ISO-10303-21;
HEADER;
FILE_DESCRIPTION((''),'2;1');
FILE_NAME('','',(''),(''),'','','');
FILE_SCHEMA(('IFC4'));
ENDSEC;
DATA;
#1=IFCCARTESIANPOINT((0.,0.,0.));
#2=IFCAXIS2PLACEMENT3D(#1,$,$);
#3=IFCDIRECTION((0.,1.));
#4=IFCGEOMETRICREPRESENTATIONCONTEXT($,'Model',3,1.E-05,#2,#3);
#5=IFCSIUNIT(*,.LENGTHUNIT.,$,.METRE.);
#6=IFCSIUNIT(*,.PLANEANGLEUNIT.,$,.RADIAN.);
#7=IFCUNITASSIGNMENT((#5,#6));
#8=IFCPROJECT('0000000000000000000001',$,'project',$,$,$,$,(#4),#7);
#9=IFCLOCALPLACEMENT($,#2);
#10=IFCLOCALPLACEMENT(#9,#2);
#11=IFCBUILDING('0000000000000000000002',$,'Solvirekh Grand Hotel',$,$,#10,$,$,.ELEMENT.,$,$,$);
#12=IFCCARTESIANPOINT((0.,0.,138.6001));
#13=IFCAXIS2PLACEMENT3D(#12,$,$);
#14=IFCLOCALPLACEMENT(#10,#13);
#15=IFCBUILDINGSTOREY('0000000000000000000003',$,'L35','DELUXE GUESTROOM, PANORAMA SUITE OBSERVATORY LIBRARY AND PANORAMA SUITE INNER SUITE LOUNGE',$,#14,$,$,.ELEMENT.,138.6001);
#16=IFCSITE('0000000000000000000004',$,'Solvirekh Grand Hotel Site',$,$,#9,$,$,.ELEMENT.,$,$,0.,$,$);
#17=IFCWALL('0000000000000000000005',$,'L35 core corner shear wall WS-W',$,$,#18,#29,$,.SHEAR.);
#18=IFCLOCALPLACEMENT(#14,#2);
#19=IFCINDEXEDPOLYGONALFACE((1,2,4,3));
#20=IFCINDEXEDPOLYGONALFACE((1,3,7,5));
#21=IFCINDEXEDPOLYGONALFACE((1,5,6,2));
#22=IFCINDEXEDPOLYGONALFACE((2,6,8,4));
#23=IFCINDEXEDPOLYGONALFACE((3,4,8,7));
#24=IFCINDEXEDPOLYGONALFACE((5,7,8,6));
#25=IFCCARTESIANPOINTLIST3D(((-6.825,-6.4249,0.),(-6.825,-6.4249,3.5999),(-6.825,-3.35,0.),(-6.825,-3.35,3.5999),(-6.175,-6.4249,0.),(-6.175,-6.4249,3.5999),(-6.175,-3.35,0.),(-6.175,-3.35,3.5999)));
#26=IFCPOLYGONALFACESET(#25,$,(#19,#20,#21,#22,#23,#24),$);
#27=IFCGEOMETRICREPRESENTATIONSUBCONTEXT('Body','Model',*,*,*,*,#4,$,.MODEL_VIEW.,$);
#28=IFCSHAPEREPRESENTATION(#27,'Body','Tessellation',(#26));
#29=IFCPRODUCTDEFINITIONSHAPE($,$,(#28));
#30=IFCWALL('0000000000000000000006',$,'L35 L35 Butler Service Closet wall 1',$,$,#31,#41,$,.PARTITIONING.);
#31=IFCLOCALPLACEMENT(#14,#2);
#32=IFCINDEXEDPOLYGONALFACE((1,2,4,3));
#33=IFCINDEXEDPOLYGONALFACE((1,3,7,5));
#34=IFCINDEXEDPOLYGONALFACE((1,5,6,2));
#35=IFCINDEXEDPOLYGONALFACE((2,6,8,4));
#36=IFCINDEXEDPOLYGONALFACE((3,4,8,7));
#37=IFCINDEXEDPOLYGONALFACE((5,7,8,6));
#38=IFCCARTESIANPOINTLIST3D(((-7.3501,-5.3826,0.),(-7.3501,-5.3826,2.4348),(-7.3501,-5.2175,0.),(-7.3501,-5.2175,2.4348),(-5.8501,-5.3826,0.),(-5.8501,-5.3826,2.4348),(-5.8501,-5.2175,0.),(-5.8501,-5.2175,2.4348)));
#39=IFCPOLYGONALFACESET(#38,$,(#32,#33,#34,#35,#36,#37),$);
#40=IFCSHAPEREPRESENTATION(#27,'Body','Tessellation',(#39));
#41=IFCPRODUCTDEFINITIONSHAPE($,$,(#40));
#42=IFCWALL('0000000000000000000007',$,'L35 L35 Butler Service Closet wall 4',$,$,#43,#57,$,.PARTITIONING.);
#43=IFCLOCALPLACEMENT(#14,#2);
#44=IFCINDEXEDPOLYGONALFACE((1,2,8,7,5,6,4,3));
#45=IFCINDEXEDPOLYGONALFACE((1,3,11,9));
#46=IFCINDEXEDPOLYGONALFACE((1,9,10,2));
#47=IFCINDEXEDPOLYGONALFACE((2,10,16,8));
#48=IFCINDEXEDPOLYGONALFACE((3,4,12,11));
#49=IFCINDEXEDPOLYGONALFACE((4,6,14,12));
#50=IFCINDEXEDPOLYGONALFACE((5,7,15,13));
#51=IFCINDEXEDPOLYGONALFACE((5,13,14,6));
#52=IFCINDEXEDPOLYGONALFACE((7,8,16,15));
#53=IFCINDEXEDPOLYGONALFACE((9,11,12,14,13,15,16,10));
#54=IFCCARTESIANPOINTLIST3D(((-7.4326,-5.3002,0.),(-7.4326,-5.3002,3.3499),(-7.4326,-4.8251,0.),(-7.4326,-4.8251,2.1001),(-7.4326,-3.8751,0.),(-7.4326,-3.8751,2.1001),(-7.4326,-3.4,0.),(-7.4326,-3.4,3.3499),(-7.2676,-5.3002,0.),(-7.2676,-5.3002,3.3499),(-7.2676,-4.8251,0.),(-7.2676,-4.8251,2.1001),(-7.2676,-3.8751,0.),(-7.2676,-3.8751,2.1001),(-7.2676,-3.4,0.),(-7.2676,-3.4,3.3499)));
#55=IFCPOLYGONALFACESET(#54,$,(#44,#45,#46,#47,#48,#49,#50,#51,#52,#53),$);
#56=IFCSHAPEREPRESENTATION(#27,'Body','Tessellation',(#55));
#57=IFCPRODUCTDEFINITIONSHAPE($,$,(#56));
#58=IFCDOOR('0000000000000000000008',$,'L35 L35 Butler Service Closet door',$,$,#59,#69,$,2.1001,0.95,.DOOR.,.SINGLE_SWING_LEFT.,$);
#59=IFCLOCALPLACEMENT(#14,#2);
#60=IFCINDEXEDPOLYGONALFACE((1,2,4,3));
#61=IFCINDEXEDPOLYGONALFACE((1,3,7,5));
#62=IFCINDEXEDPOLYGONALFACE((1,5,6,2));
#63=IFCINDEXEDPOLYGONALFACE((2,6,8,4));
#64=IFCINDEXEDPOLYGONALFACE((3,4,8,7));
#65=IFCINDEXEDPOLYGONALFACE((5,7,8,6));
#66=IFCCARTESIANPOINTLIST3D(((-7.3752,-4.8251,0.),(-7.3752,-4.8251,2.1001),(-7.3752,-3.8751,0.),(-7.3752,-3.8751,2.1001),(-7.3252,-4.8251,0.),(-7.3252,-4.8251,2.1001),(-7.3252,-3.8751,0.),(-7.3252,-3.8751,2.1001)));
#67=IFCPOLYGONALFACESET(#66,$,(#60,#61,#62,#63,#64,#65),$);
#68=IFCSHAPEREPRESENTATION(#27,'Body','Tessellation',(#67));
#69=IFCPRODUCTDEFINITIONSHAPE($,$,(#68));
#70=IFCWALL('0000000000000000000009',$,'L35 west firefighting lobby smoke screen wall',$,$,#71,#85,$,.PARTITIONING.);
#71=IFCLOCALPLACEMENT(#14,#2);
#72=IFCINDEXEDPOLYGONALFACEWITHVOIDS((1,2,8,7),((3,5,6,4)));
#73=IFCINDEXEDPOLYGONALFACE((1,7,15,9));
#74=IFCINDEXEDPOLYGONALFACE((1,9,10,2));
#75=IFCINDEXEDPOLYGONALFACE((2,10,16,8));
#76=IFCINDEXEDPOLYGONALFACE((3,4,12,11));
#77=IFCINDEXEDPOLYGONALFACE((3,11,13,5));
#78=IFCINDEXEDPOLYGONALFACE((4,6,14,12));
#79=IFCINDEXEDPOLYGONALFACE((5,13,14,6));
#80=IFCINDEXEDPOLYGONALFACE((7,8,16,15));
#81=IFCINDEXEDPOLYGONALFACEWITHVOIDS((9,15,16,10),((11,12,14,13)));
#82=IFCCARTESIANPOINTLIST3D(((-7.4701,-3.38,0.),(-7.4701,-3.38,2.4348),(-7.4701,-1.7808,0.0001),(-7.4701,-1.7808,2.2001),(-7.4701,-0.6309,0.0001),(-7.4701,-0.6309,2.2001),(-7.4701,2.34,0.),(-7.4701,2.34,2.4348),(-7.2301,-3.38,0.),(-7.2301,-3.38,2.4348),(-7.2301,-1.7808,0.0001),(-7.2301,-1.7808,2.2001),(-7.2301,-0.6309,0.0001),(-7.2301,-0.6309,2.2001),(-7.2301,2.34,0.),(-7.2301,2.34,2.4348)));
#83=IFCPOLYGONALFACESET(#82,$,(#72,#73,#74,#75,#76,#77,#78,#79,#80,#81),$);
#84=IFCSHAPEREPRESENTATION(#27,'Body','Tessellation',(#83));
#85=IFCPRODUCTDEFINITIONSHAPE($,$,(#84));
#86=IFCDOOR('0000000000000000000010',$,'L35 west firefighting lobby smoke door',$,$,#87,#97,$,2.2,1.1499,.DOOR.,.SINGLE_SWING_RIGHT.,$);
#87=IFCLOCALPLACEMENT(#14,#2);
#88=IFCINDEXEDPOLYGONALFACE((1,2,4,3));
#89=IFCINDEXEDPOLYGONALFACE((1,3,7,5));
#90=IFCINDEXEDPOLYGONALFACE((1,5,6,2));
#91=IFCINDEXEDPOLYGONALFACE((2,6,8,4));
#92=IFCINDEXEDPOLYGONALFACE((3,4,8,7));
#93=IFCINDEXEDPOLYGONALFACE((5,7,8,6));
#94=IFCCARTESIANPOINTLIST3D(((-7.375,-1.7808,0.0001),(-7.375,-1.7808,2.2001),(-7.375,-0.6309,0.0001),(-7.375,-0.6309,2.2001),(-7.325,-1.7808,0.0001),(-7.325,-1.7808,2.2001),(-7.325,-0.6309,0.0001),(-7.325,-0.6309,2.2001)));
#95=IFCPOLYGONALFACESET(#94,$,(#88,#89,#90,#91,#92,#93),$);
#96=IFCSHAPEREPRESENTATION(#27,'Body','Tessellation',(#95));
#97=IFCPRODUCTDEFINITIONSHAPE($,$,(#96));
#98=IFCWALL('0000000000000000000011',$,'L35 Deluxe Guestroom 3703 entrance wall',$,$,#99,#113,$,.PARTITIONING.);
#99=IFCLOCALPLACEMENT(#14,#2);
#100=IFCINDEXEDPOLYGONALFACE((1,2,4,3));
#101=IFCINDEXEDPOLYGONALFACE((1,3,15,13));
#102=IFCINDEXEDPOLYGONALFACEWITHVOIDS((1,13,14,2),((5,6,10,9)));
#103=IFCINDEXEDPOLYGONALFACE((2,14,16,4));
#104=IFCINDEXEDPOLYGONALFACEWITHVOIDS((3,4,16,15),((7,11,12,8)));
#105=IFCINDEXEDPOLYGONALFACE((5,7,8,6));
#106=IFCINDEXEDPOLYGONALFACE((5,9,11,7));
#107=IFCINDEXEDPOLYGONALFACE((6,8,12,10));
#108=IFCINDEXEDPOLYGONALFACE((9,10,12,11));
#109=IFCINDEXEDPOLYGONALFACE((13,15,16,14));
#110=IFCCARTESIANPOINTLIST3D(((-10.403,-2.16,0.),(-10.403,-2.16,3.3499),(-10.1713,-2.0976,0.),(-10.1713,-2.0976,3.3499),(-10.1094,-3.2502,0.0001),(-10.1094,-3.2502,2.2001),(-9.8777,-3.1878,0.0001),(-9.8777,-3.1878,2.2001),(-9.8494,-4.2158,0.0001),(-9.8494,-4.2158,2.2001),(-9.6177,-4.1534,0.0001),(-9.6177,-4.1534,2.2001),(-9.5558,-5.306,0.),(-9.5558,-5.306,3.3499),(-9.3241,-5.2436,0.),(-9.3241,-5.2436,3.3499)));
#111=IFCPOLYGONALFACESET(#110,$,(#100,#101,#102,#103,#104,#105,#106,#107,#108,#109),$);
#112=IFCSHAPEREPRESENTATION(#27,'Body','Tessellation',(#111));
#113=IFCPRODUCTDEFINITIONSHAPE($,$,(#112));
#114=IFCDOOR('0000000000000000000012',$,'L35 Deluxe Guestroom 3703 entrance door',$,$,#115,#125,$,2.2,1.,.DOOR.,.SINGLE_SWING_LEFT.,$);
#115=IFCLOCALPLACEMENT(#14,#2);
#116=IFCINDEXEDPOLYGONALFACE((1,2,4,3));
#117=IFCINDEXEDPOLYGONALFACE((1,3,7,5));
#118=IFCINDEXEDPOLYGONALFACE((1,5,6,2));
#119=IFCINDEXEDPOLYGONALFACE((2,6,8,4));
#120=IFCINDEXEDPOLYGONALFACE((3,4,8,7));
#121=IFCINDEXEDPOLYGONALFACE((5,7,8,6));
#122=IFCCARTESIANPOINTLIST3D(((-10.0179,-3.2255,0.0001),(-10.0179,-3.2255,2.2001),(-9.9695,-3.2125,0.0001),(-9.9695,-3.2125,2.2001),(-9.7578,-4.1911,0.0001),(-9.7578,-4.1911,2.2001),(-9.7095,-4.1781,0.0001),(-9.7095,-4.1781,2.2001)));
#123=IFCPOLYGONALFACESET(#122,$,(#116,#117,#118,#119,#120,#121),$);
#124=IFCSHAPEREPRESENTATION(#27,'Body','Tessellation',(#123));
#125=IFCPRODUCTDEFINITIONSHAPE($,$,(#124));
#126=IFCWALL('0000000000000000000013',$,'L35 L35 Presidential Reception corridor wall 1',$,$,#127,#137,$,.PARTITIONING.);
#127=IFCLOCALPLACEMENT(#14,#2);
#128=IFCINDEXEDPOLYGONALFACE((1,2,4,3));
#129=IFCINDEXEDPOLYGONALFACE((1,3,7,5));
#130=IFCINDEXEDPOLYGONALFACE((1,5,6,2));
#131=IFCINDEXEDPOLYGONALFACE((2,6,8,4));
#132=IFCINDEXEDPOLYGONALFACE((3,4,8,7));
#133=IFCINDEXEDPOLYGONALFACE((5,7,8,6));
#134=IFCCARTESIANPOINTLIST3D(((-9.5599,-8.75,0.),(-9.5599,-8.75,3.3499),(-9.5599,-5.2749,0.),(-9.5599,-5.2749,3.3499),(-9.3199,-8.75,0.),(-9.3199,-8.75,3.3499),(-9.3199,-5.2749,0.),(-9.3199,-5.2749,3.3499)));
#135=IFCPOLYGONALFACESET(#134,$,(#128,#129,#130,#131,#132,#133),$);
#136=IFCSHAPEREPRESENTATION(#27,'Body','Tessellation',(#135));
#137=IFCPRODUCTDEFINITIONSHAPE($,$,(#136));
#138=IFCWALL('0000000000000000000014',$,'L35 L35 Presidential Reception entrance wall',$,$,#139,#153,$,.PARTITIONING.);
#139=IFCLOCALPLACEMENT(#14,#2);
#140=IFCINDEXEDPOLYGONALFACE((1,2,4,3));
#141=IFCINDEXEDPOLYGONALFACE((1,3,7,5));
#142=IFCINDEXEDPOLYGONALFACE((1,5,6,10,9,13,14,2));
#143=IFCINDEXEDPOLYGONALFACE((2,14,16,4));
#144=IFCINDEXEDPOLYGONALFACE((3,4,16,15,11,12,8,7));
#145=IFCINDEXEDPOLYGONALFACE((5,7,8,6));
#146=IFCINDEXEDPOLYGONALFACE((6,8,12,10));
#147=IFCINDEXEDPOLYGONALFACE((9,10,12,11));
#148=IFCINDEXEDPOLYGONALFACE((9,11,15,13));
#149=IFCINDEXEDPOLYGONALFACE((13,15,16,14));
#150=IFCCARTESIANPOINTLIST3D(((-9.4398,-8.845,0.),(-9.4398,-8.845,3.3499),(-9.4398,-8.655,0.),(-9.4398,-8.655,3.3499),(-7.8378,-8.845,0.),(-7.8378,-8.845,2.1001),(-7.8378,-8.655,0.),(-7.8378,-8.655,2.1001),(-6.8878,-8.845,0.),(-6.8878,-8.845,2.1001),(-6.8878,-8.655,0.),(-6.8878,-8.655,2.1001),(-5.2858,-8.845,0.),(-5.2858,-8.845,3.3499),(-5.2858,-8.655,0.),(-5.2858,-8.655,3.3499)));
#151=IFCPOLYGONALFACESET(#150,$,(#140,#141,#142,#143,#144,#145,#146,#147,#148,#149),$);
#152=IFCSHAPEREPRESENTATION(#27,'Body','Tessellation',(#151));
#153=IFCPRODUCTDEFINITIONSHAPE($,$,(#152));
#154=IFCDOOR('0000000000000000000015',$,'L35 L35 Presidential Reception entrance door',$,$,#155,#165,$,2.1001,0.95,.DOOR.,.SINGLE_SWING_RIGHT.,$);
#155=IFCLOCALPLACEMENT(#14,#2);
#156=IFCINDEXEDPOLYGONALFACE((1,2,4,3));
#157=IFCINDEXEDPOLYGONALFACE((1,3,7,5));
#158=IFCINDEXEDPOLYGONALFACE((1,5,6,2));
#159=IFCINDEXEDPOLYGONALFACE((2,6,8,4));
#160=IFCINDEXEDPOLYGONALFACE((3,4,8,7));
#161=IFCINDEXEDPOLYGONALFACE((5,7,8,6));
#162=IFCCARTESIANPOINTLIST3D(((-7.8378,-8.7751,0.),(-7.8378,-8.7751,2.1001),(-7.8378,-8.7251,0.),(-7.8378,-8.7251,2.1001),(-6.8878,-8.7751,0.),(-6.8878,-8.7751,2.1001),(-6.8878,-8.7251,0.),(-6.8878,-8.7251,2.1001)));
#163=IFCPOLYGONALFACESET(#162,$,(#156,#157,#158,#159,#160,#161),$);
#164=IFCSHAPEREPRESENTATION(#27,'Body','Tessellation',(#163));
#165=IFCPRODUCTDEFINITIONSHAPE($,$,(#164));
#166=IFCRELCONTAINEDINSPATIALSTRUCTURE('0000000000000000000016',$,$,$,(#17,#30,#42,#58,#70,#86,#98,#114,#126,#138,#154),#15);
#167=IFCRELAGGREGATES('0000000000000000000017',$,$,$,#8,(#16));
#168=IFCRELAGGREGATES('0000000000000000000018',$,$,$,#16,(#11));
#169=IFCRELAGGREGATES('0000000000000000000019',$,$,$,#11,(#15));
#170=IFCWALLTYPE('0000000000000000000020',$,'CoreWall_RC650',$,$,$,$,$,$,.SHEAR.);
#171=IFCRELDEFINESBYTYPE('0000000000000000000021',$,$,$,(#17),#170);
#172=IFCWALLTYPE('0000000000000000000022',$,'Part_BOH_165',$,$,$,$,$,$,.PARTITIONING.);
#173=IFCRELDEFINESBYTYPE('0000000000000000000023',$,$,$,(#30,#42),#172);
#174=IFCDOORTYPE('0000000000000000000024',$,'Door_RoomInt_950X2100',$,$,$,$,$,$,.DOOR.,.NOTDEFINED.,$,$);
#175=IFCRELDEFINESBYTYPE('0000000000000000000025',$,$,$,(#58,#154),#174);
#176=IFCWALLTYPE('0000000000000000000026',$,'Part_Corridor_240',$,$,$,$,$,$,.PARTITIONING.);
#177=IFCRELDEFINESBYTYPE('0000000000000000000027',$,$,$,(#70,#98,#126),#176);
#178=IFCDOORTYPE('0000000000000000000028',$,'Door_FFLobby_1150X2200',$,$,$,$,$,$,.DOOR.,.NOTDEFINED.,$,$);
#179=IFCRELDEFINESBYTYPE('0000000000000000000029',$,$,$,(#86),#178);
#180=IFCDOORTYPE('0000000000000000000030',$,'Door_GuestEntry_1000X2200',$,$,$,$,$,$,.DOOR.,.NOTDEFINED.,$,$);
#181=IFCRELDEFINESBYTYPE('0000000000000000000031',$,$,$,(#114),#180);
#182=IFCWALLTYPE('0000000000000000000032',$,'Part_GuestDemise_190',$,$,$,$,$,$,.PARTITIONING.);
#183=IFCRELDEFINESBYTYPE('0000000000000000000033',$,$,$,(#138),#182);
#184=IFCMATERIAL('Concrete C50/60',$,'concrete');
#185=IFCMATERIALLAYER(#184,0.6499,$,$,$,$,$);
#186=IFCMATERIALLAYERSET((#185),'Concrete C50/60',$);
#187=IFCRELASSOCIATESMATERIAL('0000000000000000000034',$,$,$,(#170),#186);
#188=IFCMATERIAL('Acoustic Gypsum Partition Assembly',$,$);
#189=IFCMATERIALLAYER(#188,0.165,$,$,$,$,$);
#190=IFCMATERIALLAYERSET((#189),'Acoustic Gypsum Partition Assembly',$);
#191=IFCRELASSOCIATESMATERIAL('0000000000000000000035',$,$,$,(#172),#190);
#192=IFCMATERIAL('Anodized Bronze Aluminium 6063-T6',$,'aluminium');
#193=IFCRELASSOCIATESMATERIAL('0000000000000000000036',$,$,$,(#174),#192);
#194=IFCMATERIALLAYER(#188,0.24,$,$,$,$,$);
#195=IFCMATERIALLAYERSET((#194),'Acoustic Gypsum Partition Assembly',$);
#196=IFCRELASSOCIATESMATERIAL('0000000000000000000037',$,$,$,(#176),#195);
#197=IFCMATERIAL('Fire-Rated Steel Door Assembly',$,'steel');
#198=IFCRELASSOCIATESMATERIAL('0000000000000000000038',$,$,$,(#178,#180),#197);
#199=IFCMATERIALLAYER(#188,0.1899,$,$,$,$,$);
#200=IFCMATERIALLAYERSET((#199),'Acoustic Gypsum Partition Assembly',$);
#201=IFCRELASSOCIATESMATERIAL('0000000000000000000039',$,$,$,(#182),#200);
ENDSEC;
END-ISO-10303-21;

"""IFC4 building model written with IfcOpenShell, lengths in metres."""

from ifc_helpers import new_model, si_unit, direction, frame, frame_2d, origin, place, context, subcontext, project, spatial, rectangle, extrude, material, layer, layer_set, type_object, element, fill, save


model = new_model("IFC4")

# Units and contexts
model_context = context("Model", 3, precision=1e-05, world=origin(), true_north=direction((0.0, 1.0)))
body_context = subcontext(model_context, "Body", "Model", "MODEL_VIEW")
ifc_project = project(units=[si_unit("LENGTHUNIT", "METRE"), si_unit("PLANEANGLEUNIT", "RADIAN")], contexts=[model_context])

# Site, building, storey
site_placement = place(None, origin())
site = spatial("IfcSite", under=ifc_project, at=site_placement, Name="Solvirekh Grand Hotel Site", CompositionType="ELEMENT", RefElevation=0.0)
building_placement = place(site_placement, origin())
building = spatial("IfcBuilding", under=site, at=building_placement, Name="Solvirekh Grand Hotel", CompositionType="ELEMENT")
storey_placement = place(building_placement, frame((0.0, 0.0, 138.6001)))
storey = spatial("IfcBuildingStorey", under=building, at=storey_placement, Name="L35", Description="DELUXE GUESTROOM, PANORAMA SUITE OBSERVATORY LIBRARY AND PANORAMA SUITE INNER SUITE LOUNGE", CompositionType="ELEMENT", Elevation=138.6001)

# Shared definitions
ifc_material_1 = material(Name="Concrete C50/60", Category="concrete")

# Shared definitions
ifc_material_2 = material(Name="Anodized Bronze Aluminium 6063-T6", Category="aluminium")

# Walls
ifc_layer_1 = layer(ifc_material_1, 0.6499)
ifc_layer_set_1 = layer_set([ifc_layer_1], Name="Concrete C50/60")
wall_type_1 = type_object("IfcWallType", Name="CoreWall_RC650", PredefinedType="SHEAR", material=ifc_layer_set_1)
wall_1_placement = place(storey_placement, frame((-6.5, -6.425, 0.0), z_axis=(0.0, 0.0, 1.0), x_axis=(0.0, 1.0, 0.0)))
element("IfcWall", 1, at=wall_1_placement, inside=storey, type_object=wall_type_1, Name="L35 core corner shear wall WS-W", PredefinedType="SHEAR", context=body_context, shape_type="SweptSolid", body=[
    extrude(rectangle(XDim=3.075, YDim=0.6499, at=frame_2d((1.5376, 0.0))), origin(), (0.0, 0.0, 1.0), 3.5999),
])
ifc_material_3 = material(Name="Acoustic Gypsum Partition Assembly")
ifc_layer_2 = layer(ifc_material_3, 0.165)
ifc_layer_set_2 = layer_set([ifc_layer_2], Name="Acoustic Gypsum Partition Assembly")
wall_type_2 = type_object("IfcWallType", Name="Part_BOH_165", PredefinedType="PARTITIONING", material=ifc_layer_set_2)
wall_2_placement = place(storey_placement, frame((-7.3501, -5.3, 0.0), z_axis=(0.0, 0.0, 1.0), x_axis=(1.0, 0.0, 0.0)))
element("IfcWall", 2, at=wall_2_placement, inside=storey, type_object=wall_type_2, Name="L35 L35 Butler Service Closet wall 1", PredefinedType="PARTITIONING", context=body_context, shape_type="SweptSolid", body=[
    extrude(rectangle(XDim=1.5, YDim=0.165, at=frame_2d((0.75, 0.0))), origin(), (0.0, 0.0, 1.0), 2.4348),
])

# Walls, openings, doors
wall_3_placement = place(storey_placement, frame((-7.3501, -3.3999, 0.0), z_axis=(0.0, 0.0, 1.0), x_axis=(0.0, -1.0, 0.0)))
wall_3 = element("IfcWall", 3, at=wall_3_placement, inside=storey, type_object=wall_type_2, Name="L35 L35 Butler Service Closet wall 4", PredefinedType="PARTITIONING", context=body_context, shape_type="SweptSolid", body=[
    extrude(rectangle(XDim=1.9001, YDim=0.165, at=frame_2d((0.9502, 0.0))), origin(), (0.0, 0.0, 1.0), 3.3499),
])
opening_1_placement = place(wall_3_placement, frame((0.4751, 0.0, 0.0)))
opening_1 = element("IfcOpeningElement", 4, at=opening_1_placement, cuts=wall_3, PredefinedType="OPENING", context=body_context, shape_type="SweptSolid", body=[
    extrude(rectangle(XDim=0.95, YDim=2.1001, at=frame_2d((0.4751, 1.05))), frame((0.0, 0.0925, 0.0), z_axis=(0.0, -1.0, 0.0), x_axis=(1.0, 0.0, 0.0)), (0.0, 0.0, 1.0), 0.1851),
])
door_type_1 = type_object("IfcDoorType", Name="Door_RoomInt_950X2100", OperationType="NOTDEFINED", PredefinedType="DOOR", material=ifc_material_2)
door_1_placement = place(opening_1_placement, origin())
door_1 = element("IfcDoor", 5, at=door_1_placement, inside=storey, type_object=door_type_1, Name="L35 L35 Butler Service Closet door", OperationType="SINGLE_SWING_LEFT", OverallHeight=2.1001, OverallWidth=0.95, PredefinedType="DOOR", context=body_context, shape_type="SweptSolid", body=[
    extrude(rectangle(XDim=0.95, YDim=2.1001, at=frame_2d((0.4751, 1.05))), frame((0.0, 0.0249, 0.0), z_axis=(0.0, -1.0, 0.0), x_axis=(1.0, 0.0, 0.0)), (0.0, 0.0, 1.0), 0.05),
])
fill(opening_1, door_1)
ifc_layer_3 = layer(ifc_material_3, 0.24)
ifc_layer_set_3 = layer_set([ifc_layer_3], Name="Acoustic Gypsum Partition Assembly")
wall_type_3 = type_object("IfcWallType", Name="Part_Corridor_240", PredefinedType="PARTITIONING", material=ifc_layer_set_3)
wall_4_placement = place(storey_placement, frame((-7.3501, -3.3799, 0.0), z_axis=(0.0, 0.0, 1.0), x_axis=(0.0, 1.0, 0.0)))
wall_4 = element("IfcWall", 6, at=wall_4_placement, inside=storey, type_object=wall_type_3, Name="L35 west firefighting lobby smoke screen wall", PredefinedType="PARTITIONING", context=body_context, shape_type="SweptSolid", body=[
    extrude(rectangle(XDim=5.72, YDim=0.24, at=frame_2d((2.8599, 0.0))), origin(), (0.0, 0.0, 1.0), 2.4348),
])
opening_2_placement = place(wall_4_placement, frame((1.5991, 0.0, 0.0)))
opening_2 = element("IfcOpeningElement", 7, at=opening_2_placement, cuts=wall_4, PredefinedType="OPENING", context=body_context, shape_type="SweptSolid", body=[
    extrude(rectangle(XDim=1.1499, YDim=2.2, at=frame_2d((0.575, 1.1001))), frame((0.0, 0.1299, 0.0), z_axis=(0.0, -1.0, 0.0), x_axis=(1.0, 0.0, 0.0)), (0.0, 0.0, 1.0), 0.26),
])
ifc_material_4 = material(Name="Fire-Rated Steel Door Assembly", Category="steel")
door_type_2 = type_object("IfcDoorType", Name="Door_FFLobby_1150X2200", OperationType="NOTDEFINED", PredefinedType="DOOR", material=ifc_material_4)
door_2_placement = place(opening_2_placement, origin())
door_2 = element("IfcDoor", 8, at=door_2_placement, inside=storey, type_object=door_type_2, Name="L35 west firefighting lobby smoke door", OperationType="SINGLE_SWING_RIGHT", OverallHeight=2.2, OverallWidth=1.1499, PredefinedType="DOOR", context=body_context, shape_type="SweptSolid", body=[
    extrude(rectangle(XDim=1.1499, YDim=2.2, at=frame_2d((0.575, 1.1001))), frame((0.0, 0.0249, 0.0), z_axis=(0.0, -1.0, 0.0), x_axis=(1.0, 0.0, 0.0)), (0.0, 0.0, 1.0), 0.05),
])
fill(opening_2, door_2)
wall_5_placement = place(storey_placement, frame((-10.2871, -2.1289, 0.0), z_axis=(0.0, 0.0, 1.0), x_axis=(0.260022, -0.965603, 0.0)))
wall_5 = element("IfcWall", 9, at=wall_5_placement, inside=storey, type_object=wall_type_3, Name="L35 Deluxe Guestroom 3703 entrance wall", PredefinedType="PARTITIONING", context=body_context, shape_type="SweptSolid", body=[
    extrude(rectangle(XDim=3.2581, YDim=0.24, at=frame_2d((1.6289, 0.0))), origin(), (0.0, 0.0, 1.0), 3.3499),
])
opening_3_placement = place(wall_5_placement, frame((1.1289, 0.0, 0.0)))
opening_3 = element("IfcOpeningElement", 10, at=opening_3_placement, cuts=wall_5, PredefinedType="OPENING", context=body_context, shape_type="SweptSolid", body=[
    extrude(rectangle(XDim=1.0, YDim=2.2, at=frame_2d((0.5, 1.1001))), frame((0.0, 0.1299, 0.0), z_axis=(0.0, -1.0, 0.0), x_axis=(1.0, 0.0, 0.0)), (0.0, 0.0, 1.0), 0.26),
])
door_type_3 = type_object("IfcDoorType", Name="Door_GuestEntry_1000X2200", OperationType="NOTDEFINED", PredefinedType="DOOR", material=ifc_material_4)
door_3_placement = place(opening_3_placement, origin())
door_3 = element("IfcDoor", 11, at=door_3_placement, inside=storey, type_object=door_type_3, Name="L35 Deluxe Guestroom 3703 entrance door", OperationType="SINGLE_SWING_LEFT", OverallHeight=2.2, OverallWidth=1.0, PredefinedType="DOOR", context=body_context, shape_type="SweptSolid", body=[
    extrude(rectangle(XDim=1.0, YDim=2.2, at=frame_2d((0.5, 1.1001))), frame((0.0, 0.0249, 0.0), z_axis=(0.0, -1.0, 0.0), x_axis=(1.0, 0.0, 0.0)), (0.0, 0.0, 1.0), 0.05),
])
fill(opening_3, door_3)

# Wall
wall_6_placement = place(storey_placement, frame((-9.4399, -5.2749, 0.0), z_axis=(0.0, 0.0, 1.0), x_axis=(0.0, -1.0, 0.0)))
element("IfcWall", 12, at=wall_6_placement, inside=storey, type_object=wall_type_3, Name="L35 L35 Presidential Reception corridor wall 1", PredefinedType="PARTITIONING", context=body_context, shape_type="SweptSolid", body=[
    extrude(rectangle(XDim=3.4751, YDim=0.24, at=frame_2d((1.7375, 0.0))), origin(), (0.0, 0.0, 1.0), 3.3499),
])

# Wall, opening, door
ifc_layer_4 = layer(ifc_material_3, 0.1899)
ifc_layer_set_4 = layer_set([ifc_layer_4], Name="Acoustic Gypsum Partition Assembly")
wall_type_4 = type_object("IfcWallType", Name="Part_GuestDemise_190", PredefinedType="PARTITIONING", material=ifc_layer_set_4)
wall_7_placement = place(storey_placement, frame((-9.4399, -8.75, 0.0), z_axis=(0.0, 0.0, 1.0), x_axis=(1.0, 0.0, 0.0)))
wall_7 = element("IfcWall", 13, at=wall_7_placement, inside=storey, type_object=wall_type_4, Name="L35 L35 Presidential Reception entrance wall", PredefinedType="PARTITIONING", context=body_context, shape_type="SweptSolid", body=[
    extrude(rectangle(XDim=4.1541, YDim=0.1899, at=frame_2d((2.0771, 0.0))), origin(), (0.0, 0.0, 1.0), 3.3499),
])
opening_4_placement = place(wall_7_placement, frame((1.6021, 0.0, 0.0)))
opening_4 = element("IfcOpeningElement", 14, at=opening_4_placement, cuts=wall_7, PredefinedType="OPENING", context=body_context, shape_type="SweptSolid", body=[
    extrude(rectangle(XDim=0.95, YDim=2.1001, at=frame_2d((0.4751, 1.05))), frame((0.0, 0.105, 0.0), z_axis=(0.0, -1.0, 0.0), x_axis=(1.0, 0.0, 0.0)), (0.0, 0.0, 1.0), 0.21),
])
door_4_placement = place(opening_4_placement, origin())
door_4 = element("IfcDoor", 15, at=door_4_placement, inside=storey, type_object=door_type_1, Name="L35 L35 Presidential Reception entrance door", OperationType="SINGLE_SWING_RIGHT", OverallHeight=2.1001, OverallWidth=0.95, PredefinedType="DOOR", context=body_context, shape_type="SweptSolid", body=[
    extrude(rectangle(XDim=0.95, YDim=2.1001, at=frame_2d((0.4751, 1.05))), frame((0.0, 0.0249, 0.0), z_axis=(0.0, -1.0, 0.0), x_axis=(1.0, 0.0, 0.0)), (0.0, 0.0, 1.0), 0.05),
])
fill(opening_4, door_4)

save(model, "model.ifc")
